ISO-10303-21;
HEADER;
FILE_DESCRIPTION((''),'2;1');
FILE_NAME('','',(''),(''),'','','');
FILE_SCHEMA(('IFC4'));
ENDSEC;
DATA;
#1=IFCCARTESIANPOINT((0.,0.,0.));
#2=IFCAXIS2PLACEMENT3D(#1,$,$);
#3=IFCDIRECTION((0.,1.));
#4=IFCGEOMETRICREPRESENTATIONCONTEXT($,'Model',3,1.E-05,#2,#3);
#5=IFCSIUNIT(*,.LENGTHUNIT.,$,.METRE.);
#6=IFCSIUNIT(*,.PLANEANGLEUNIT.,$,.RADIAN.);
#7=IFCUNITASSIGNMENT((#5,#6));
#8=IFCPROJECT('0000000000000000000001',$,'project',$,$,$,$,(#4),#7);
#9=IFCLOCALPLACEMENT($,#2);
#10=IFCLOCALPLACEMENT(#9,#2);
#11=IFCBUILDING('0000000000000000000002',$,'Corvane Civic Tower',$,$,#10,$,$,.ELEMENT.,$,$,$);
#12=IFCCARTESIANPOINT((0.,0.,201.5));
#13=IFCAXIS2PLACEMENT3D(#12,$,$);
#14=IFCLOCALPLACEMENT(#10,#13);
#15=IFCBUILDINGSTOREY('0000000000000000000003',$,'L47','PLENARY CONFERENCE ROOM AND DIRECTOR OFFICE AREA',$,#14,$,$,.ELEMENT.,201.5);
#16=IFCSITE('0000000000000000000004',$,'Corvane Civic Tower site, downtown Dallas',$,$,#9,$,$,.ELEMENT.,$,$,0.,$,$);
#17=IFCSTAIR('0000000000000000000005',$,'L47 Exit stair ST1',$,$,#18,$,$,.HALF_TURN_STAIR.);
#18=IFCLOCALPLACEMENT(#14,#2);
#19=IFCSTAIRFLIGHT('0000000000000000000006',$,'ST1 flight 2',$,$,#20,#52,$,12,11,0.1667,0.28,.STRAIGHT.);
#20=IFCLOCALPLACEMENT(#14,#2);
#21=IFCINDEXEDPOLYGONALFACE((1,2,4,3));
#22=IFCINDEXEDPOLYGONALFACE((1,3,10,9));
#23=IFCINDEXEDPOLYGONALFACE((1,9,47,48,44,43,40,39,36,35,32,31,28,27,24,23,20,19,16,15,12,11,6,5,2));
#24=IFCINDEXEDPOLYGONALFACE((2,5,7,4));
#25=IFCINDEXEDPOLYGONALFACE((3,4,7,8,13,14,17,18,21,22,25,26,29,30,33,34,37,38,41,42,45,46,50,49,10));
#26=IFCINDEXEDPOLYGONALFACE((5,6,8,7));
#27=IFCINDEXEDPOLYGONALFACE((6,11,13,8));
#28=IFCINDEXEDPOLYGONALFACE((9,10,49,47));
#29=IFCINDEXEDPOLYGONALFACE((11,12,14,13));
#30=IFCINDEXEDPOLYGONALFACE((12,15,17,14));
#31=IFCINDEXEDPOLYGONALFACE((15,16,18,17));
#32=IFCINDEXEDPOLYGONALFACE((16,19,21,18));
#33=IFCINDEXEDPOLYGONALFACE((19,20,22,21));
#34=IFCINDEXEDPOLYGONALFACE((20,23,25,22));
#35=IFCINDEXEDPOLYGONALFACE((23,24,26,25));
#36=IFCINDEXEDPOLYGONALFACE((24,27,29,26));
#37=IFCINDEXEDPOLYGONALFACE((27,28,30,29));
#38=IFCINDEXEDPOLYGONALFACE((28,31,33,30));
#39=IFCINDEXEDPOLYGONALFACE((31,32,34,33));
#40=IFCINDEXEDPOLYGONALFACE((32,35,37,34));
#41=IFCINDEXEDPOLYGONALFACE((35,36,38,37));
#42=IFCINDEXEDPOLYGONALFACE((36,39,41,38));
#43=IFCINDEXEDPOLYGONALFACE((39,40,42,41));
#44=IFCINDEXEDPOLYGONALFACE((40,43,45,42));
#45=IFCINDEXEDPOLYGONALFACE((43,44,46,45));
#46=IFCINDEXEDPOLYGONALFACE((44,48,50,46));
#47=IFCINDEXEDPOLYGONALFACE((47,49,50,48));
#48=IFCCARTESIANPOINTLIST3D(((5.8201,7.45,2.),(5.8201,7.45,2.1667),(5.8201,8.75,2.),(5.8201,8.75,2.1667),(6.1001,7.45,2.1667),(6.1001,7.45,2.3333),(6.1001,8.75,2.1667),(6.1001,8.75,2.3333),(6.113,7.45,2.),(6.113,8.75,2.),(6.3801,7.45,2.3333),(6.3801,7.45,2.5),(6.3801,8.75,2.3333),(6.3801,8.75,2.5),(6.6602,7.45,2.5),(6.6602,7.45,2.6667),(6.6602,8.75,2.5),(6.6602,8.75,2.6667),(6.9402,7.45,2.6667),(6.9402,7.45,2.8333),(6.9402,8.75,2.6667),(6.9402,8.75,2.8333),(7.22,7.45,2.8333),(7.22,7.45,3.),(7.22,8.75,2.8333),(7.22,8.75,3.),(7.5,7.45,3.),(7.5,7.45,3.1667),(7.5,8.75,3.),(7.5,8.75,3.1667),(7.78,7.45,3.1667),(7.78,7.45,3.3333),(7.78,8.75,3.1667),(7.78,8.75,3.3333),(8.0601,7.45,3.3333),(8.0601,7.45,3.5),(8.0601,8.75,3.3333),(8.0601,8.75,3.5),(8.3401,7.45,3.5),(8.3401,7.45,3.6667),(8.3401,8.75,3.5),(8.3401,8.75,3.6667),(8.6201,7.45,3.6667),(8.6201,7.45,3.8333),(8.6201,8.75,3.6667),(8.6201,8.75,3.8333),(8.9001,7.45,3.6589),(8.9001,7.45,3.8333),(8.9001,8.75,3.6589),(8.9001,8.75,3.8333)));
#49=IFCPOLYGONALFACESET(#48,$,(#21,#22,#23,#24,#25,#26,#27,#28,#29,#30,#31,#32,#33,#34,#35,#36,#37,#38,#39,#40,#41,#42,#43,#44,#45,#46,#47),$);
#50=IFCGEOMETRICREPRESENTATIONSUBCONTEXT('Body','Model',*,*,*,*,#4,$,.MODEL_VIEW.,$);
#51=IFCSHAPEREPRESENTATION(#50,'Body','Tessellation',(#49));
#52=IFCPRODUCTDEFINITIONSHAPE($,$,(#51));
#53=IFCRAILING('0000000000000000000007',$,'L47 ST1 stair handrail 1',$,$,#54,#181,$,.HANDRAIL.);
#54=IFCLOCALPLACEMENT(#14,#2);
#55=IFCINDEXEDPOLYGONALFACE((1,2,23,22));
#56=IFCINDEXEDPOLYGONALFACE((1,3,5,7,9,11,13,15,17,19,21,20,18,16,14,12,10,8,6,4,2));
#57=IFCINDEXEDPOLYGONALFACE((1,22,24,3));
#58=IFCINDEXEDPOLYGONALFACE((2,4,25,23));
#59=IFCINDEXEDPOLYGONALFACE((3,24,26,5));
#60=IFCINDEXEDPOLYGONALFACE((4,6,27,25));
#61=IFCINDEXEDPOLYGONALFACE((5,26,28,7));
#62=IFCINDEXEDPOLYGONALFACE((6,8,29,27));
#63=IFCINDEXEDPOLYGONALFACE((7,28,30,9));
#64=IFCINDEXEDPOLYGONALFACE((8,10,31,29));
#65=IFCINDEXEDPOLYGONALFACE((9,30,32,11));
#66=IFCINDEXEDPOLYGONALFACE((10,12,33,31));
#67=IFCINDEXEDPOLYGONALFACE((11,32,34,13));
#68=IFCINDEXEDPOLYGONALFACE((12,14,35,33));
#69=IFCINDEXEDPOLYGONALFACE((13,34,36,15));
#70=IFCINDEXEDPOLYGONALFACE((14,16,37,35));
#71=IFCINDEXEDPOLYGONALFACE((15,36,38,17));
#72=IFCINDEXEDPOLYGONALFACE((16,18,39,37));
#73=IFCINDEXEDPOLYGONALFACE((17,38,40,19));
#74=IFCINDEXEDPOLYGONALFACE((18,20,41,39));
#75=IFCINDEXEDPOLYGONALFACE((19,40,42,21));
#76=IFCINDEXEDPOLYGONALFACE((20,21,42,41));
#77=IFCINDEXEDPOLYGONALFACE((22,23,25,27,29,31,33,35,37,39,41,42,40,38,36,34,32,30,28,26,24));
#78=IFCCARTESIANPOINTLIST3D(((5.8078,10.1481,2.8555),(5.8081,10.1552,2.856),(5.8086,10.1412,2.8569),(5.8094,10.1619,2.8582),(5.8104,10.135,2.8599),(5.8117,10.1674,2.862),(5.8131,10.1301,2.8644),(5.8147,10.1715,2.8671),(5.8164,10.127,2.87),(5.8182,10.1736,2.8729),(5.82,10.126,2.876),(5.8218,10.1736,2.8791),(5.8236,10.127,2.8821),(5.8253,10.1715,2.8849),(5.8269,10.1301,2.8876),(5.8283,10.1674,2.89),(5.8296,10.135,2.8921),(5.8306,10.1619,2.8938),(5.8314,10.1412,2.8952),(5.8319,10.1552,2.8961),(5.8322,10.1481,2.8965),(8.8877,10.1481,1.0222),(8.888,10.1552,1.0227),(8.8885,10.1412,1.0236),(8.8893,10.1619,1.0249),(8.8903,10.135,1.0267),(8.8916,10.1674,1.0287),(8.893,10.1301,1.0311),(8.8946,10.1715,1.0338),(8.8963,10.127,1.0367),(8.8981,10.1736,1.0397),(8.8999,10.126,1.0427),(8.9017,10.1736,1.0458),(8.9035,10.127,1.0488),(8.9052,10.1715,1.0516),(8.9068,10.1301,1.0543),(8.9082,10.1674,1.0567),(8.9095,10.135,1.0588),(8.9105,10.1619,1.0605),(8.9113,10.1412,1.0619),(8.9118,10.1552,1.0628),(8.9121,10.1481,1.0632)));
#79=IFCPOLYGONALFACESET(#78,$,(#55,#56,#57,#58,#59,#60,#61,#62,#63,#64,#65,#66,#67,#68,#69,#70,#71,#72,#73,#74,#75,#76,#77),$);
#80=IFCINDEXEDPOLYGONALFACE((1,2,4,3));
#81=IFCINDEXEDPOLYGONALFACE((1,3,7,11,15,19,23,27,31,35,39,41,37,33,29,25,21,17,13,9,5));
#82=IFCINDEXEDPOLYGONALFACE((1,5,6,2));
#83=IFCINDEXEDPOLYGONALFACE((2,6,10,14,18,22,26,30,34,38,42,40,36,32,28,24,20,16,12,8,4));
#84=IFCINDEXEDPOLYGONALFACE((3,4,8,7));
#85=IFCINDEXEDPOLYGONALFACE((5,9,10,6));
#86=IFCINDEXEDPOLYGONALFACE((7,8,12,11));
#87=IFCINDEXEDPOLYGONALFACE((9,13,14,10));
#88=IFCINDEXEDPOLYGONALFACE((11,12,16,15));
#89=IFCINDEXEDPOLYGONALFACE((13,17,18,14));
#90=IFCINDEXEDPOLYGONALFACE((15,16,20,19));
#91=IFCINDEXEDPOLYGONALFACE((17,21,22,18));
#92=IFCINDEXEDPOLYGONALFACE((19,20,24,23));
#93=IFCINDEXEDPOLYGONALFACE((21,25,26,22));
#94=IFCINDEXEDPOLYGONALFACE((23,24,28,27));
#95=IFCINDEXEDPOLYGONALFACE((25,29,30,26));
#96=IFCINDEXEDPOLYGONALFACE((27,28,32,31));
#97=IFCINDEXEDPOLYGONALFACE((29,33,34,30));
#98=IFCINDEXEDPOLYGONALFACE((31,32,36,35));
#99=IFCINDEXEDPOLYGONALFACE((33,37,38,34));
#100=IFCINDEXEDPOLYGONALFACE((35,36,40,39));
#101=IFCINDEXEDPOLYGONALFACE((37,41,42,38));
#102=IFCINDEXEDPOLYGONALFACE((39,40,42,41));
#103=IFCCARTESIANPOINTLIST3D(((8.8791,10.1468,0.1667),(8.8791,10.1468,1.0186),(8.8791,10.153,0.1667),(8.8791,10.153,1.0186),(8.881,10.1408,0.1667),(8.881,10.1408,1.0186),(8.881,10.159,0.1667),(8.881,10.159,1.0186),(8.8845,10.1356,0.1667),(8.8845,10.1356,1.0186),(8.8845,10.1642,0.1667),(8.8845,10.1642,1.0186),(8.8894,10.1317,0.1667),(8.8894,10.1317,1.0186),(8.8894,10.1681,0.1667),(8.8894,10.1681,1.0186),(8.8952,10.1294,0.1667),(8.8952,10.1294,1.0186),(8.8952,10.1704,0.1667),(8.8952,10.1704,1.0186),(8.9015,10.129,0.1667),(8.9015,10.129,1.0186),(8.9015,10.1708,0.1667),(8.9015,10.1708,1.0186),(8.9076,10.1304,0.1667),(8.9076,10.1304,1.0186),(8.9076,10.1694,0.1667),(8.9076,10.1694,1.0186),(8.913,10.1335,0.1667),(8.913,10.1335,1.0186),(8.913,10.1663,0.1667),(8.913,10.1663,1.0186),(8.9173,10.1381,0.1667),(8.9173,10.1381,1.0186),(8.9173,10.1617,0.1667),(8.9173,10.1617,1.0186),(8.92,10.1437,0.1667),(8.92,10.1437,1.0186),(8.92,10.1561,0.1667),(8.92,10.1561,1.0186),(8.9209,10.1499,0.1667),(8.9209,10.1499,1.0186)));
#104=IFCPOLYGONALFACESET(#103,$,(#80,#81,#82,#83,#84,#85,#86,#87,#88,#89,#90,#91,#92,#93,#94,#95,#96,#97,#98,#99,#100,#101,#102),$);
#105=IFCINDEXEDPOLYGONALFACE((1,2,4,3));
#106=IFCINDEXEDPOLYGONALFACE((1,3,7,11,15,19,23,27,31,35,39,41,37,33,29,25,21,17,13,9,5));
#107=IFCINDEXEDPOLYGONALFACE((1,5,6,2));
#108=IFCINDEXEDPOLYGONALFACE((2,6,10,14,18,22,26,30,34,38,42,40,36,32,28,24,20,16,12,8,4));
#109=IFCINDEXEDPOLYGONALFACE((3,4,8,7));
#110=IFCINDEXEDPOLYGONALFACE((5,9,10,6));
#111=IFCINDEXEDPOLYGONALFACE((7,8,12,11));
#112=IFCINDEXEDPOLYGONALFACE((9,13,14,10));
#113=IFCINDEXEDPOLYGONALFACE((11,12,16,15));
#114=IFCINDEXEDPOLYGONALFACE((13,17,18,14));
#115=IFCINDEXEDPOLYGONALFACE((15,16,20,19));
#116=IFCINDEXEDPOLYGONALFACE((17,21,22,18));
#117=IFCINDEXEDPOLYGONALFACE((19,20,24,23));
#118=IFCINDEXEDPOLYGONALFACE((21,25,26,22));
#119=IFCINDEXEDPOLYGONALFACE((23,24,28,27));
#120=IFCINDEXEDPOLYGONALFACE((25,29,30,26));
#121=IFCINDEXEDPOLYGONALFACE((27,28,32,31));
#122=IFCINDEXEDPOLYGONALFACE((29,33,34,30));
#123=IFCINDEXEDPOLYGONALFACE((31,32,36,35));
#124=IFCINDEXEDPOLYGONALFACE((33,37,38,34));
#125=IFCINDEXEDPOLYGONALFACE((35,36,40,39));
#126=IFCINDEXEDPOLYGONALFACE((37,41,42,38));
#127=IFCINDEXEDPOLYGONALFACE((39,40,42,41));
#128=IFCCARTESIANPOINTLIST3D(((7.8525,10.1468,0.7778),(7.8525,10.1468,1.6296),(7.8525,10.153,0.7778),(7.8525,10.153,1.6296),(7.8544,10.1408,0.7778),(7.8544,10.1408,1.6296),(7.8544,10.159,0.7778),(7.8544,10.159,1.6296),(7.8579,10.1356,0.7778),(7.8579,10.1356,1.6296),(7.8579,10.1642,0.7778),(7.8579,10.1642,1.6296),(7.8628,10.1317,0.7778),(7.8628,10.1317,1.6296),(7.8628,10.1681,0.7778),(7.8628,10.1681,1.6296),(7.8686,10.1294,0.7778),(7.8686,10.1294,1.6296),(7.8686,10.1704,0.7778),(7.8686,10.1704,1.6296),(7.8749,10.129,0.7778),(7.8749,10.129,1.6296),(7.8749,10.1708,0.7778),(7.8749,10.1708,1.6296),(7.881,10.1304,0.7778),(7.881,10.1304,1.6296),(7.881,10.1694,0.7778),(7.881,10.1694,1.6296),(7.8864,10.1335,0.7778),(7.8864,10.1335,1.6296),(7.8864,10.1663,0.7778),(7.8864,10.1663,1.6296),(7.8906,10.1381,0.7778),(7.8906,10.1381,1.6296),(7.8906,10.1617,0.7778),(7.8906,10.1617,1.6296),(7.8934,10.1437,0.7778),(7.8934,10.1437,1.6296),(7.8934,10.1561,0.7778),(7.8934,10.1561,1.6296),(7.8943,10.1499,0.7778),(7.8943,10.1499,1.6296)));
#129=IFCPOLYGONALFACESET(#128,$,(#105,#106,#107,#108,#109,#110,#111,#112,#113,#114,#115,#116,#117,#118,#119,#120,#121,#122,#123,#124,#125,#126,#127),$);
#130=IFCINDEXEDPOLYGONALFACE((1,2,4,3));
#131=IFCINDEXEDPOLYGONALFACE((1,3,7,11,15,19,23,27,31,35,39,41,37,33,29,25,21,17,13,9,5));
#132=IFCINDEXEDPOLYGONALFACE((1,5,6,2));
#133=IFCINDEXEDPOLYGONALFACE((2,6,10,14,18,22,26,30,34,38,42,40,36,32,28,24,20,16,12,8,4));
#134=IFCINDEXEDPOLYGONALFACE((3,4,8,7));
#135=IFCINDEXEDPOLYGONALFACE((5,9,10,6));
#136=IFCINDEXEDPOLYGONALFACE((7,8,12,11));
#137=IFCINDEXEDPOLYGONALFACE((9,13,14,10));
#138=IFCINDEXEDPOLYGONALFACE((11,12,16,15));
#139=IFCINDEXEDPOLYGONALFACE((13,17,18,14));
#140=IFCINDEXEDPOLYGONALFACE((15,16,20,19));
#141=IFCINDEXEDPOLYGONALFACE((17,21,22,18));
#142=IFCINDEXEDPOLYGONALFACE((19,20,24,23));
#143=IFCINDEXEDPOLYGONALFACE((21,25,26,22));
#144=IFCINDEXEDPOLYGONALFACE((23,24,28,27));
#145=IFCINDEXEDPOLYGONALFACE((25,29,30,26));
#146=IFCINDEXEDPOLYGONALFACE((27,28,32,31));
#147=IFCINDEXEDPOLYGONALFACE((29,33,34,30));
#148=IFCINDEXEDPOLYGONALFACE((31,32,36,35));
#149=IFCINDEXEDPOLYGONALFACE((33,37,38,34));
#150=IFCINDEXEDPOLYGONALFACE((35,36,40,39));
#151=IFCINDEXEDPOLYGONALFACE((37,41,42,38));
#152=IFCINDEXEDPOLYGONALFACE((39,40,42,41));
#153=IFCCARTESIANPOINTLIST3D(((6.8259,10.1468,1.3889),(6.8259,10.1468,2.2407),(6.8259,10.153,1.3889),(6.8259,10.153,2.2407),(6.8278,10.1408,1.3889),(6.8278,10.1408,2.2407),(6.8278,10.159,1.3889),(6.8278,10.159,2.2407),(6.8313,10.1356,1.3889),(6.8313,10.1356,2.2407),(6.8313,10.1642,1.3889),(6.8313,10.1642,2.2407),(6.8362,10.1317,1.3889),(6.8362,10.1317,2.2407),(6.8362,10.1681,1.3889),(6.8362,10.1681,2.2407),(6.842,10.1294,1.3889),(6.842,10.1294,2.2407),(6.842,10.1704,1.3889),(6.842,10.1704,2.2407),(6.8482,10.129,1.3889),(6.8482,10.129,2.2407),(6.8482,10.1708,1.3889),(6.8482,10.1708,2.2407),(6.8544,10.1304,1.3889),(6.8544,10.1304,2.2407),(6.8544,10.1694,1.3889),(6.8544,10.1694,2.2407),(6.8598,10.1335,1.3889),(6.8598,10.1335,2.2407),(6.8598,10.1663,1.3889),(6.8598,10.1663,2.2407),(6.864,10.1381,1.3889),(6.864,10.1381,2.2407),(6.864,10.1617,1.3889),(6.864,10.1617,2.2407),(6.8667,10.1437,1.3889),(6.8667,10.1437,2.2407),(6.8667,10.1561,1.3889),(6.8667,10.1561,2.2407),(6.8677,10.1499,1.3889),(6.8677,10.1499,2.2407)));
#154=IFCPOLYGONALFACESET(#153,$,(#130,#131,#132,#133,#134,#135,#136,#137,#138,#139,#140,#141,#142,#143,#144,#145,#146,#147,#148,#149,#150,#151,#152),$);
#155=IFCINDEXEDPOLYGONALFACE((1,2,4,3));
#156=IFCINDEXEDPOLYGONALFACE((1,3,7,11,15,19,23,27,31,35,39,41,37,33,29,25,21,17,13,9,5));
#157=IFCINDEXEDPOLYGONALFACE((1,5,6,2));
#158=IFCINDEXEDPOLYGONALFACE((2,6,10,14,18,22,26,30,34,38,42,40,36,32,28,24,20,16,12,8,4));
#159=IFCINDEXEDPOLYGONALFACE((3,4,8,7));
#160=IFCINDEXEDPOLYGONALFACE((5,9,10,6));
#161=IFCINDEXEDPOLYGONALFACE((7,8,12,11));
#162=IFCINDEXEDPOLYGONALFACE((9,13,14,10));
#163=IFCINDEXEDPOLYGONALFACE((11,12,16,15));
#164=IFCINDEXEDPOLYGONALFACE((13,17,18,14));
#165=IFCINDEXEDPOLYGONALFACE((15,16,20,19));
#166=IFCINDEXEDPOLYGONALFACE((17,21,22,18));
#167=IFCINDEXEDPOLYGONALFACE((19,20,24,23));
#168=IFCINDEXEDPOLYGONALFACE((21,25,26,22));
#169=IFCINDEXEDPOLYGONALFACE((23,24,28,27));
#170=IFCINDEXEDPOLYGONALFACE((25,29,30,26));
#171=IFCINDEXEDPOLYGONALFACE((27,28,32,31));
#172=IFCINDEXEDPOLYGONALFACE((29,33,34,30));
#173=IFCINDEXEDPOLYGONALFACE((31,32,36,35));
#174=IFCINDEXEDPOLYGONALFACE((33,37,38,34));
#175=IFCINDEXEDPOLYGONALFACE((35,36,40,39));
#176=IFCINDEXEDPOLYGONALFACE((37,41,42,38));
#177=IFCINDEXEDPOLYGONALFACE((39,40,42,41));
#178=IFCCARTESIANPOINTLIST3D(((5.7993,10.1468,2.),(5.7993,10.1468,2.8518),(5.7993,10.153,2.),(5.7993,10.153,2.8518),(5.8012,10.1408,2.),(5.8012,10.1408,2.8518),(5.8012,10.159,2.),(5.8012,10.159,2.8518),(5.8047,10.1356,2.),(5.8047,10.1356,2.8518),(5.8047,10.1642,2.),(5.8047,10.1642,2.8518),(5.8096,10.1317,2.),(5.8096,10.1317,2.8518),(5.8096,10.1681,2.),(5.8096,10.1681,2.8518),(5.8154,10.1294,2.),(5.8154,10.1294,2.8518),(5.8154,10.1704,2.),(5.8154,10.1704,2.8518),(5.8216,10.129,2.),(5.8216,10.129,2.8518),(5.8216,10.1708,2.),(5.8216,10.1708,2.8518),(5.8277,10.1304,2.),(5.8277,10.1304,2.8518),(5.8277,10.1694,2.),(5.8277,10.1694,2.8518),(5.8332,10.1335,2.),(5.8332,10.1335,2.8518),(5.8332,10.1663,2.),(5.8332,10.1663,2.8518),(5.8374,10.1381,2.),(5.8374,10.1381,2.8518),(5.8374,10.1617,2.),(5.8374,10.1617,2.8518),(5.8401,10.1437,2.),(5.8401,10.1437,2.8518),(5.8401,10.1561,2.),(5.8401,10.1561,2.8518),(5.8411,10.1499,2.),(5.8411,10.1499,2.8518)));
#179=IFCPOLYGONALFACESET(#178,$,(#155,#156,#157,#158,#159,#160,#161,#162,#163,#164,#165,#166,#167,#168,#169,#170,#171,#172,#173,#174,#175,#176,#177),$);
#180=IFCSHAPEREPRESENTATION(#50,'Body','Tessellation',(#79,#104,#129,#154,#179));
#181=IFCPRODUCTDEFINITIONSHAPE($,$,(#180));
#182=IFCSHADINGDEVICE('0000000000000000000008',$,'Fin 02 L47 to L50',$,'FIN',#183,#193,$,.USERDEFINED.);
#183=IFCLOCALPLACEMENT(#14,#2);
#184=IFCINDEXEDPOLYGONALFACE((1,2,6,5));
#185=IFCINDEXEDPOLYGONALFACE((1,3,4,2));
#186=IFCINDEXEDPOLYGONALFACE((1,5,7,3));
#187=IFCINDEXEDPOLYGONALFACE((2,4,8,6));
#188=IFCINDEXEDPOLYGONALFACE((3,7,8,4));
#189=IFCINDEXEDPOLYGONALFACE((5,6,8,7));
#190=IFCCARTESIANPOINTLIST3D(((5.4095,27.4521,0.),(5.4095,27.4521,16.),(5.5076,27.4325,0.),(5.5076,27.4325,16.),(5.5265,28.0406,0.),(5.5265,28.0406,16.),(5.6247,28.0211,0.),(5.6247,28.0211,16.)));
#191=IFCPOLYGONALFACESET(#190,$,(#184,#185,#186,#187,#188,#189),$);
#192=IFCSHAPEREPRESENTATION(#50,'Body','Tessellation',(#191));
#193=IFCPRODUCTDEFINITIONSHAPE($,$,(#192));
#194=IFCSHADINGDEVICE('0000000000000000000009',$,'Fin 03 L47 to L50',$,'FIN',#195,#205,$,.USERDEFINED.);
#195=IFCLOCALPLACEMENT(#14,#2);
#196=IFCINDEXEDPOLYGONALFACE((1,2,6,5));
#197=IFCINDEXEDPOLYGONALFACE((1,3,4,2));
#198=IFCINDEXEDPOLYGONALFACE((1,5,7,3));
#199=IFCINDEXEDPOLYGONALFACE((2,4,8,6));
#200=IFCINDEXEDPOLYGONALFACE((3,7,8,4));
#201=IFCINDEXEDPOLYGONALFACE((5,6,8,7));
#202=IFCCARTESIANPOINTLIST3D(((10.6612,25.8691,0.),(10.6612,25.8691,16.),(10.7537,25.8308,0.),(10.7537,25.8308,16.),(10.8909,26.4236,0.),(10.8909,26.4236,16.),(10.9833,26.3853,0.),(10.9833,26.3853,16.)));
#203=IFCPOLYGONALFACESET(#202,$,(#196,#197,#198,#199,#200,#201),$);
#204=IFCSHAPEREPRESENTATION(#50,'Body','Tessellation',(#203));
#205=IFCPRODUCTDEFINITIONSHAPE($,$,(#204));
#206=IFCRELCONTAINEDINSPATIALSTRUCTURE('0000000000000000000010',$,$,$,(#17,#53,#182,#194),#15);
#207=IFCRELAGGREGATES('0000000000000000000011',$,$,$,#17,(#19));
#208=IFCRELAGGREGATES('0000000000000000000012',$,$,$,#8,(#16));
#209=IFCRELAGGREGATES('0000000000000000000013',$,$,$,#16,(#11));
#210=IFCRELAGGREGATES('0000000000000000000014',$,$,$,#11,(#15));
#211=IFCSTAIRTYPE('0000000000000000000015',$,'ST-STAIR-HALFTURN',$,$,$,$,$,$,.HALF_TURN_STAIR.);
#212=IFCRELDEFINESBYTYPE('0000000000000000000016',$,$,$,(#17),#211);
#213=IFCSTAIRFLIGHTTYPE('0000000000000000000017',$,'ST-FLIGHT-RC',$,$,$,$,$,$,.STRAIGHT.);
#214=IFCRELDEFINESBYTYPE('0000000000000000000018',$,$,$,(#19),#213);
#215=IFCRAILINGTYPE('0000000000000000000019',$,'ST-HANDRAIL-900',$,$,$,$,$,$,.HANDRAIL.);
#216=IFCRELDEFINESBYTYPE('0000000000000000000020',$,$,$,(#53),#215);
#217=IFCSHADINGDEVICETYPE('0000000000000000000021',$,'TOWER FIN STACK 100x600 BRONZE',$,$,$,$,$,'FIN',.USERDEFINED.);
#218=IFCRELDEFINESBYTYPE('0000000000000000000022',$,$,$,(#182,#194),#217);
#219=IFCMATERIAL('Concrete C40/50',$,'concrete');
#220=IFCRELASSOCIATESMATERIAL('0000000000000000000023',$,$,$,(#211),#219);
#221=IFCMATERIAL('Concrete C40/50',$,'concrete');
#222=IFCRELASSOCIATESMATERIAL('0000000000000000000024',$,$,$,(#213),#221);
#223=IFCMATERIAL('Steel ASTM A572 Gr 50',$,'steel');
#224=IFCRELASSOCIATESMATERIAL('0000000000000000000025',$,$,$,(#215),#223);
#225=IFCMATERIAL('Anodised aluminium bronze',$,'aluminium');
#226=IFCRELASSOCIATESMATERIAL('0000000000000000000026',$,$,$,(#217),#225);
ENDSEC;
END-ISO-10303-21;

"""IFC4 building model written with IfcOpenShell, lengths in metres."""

from ifc_helpers import new_model, si_unit, direction, frame, origin, origin_2d, place, context, subcontext, project, spatial, polyline, rectangle, circle, outline, extrude, material, material_profile, profile_set, type_object, element, aggregate, save


model = new_model("IFC4")

# Units and contexts
model_context = context("Model", 3, precision=1e-05, world=origin(), true_north=direction((0.0, 1.0)))
body_context = subcontext(model_context, "Body", "Model", "MODEL_VIEW")
ifc_project = project(units=[si_unit("LENGTHUNIT", "METRE"), si_unit("PLANEANGLEUNIT", "RADIAN")], contexts=[model_context])

# Site, building, storey
site_placement = place(None, origin())
site = spatial("IfcSite", under=ifc_project, at=site_placement, Name="Corvane Civic Tower site, downtown Dallas", CompositionType="ELEMENT", RefElevation=0.0)
building_placement = place(site_placement, origin())
building = spatial("IfcBuilding", under=site, at=building_placement, Name="Corvane Civic Tower", CompositionType="ELEMENT")
storey_placement = place(building_placement, frame((0.0, 0.0, 201.5)))
storey = spatial("IfcBuildingStorey", under=building, at=storey_placement, Name="L47", Description="PLENARY CONFERENCE ROOM AND DIRECTOR OFFICE AREA", CompositionType="ELEMENT", Elevation=201.5)

# Stair, stair flight
ifc_material_1 = material(Name="Concrete C40/50", Category="concrete")
stair_type = type_object("IfcStairType", Name="ST-STAIR-HALFTURN", PredefinedType="HALF_TURN_STAIR", material=ifc_material_1)
stair_placement = place(storey_placement, origin())
stair = element("IfcStair", 1, at=stair_placement, inside=storey, type_object=stair_type, Name="L47 Exit stair ST1", PredefinedType="HALF_TURN_STAIR")
ifc_material_2 = material(Name="Concrete C40/50", Category="concrete")
stair_flight_type = type_object("IfcStairFlightType", Name="ST-FLIGHT-RC", PredefinedType="STRAIGHT", material=ifc_material_2)
stair_flight_1_placement = place(storey_placement, frame((5.8201, 8.1001, 2.0), z_axis=(0.0, 0.0, 1.0), x_axis=(1.0, 0.0, 0.0)))
stair_flight_1 = element("IfcStairFlight", 2, at=stair_flight_1_placement, type_object=stair_flight_type, Name="ST1 flight 2", NumberOfRisers=12, NumberOfTreads=11, PredefinedType="STRAIGHT", RiserHeight=0.1667, TreadLength=0.28, context=body_context, shape_type="SweptSolid", body=[
    extrude(outline(polyline([(0.0, 0.0), (0.0, 0.1667), (0.28, 0.1667), (0.28, 0.3333), (0.5601, 0.3333), (0.5601, 0.5), (0.8401, 0.5), (0.8401, 0.6667), (1.1201, 0.6667), (1.1201, 0.8333), (1.3999, 0.8333), (1.3999, 1.0), (1.6799, 1.0), (1.6799, 1.1667), (1.96, 1.1667), (1.96, 1.3333), (2.24, 1.3333), (2.24, 1.5), (2.52, 1.5), (2.52, 1.6667), (2.8, 1.6667), (2.8, 1.8333), (3.0801, 1.8333), (3.0801, 2.0), (3.0801, 1.6589), (0.293, 0.0), (0.0, 0.0)])), frame((0.0, 0.6499, 0.0), z_axis=(0.0, -1.0, 0.0), x_axis=(1.0, 0.0, 0.0)), (0.0, 0.0, 1.0), 1.3),
])
aggregate(stair, [stair_flight_1])

# Railing
ifc_material_3 = material(Name="Steel ASTM A572 Gr 50", Category="steel")
railing_type_1 = type_object("IfcRailingType", Name="ST-HANDRAIL-900", PredefinedType="HANDRAIL", material=ifc_material_3)
railing_1_placement = place(storey_placement, frame((8.8999, 10.1499, 0.1667)))
element("IfcRailing", 3, at=railing_1_placement, inside=storey, type_object=railing_type_1, Name="L47 ST1 stair handrail 1", PredefinedType="HANDRAIL", context=body_context, shape_type="SweptSolid", body=[
    extrude(circle(Radius=0.0239, at=origin_2d()), frame((0.0, 0.0, 0.876), z_axis=(-0.859291, 0.0, 0.511487), x_axis=(0.0, -1.0, 0.0)), (0.0, 0.0, 1.0), 3.5842),
    extrude(circle(Radius=0.021, at=origin_2d()), origin(), (0.0, 0.0, 1.0), 0.8518),
    extrude(circle(Radius=0.021, at=origin_2d()), frame((-1.0266, 0.0, 0.6111)), (0.0, 0.0, 1.0), 0.8518),
    extrude(circle(Radius=0.021, at=origin_2d()), frame((-2.0532, 0.0, 1.2222)), (0.0, 0.0, 1.0), 0.8518),
    extrude(circle(Radius=0.021, at=origin_2d()), frame((-3.0798, 0.0, 1.8333)), (0.0, 0.0, 1.0), 0.8518),
])

# Shading devices
ifc_material_4 = material(Name="Anodised aluminium bronze", Category="aluminium")
ifc_material_profile_1 = material_profile(ifc_material_4, rectangle(XDim=0.1001, YDim=0.6001, at=origin_2d()), Name="TOWER FIN STACK 100x600 BRONZE")
ifc_profile_set_1 = profile_set([ifc_material_profile_1], Name="Anodised aluminium bronze")
shading_device_type = type_object("IfcShadingDeviceType", Name="TOWER FIN STACK 100x600 BRONZE", ElementType="FIN", PredefinedType="USERDEFINED", material=ifc_profile_set_1)
for number, where, z_axis, x_axis, name in (
    (4, (5.5171, 27.7366, 0.0), (0.0, 0.0, 1.0), (0.980785, -0.19509, 0.0), "Fin 02 L47 to L50"),
    (5, (10.8223, 26.1272, 0.0), (0.0, 0.0, 1.0), (0.92388, -0.382683, 0.0), "Fin 03 L47 to L50"),
):
    element("IfcShadingDevice", number, at=place(storey_placement, frame(where, z_axis=z_axis, x_axis=x_axis)), inside=storey, type_object=shading_device_type, Name=name, ObjectType="FIN", PredefinedType="USERDEFINED", context=body_context, shape_type="SweptSolid", body=[
        extrude(rectangle(XDim=0.1001, YDim=0.6001, at=origin_2d()), origin(), (0.0, 0.0, 1.0), 16.0),
    ])

save(model, "model.ifc")
